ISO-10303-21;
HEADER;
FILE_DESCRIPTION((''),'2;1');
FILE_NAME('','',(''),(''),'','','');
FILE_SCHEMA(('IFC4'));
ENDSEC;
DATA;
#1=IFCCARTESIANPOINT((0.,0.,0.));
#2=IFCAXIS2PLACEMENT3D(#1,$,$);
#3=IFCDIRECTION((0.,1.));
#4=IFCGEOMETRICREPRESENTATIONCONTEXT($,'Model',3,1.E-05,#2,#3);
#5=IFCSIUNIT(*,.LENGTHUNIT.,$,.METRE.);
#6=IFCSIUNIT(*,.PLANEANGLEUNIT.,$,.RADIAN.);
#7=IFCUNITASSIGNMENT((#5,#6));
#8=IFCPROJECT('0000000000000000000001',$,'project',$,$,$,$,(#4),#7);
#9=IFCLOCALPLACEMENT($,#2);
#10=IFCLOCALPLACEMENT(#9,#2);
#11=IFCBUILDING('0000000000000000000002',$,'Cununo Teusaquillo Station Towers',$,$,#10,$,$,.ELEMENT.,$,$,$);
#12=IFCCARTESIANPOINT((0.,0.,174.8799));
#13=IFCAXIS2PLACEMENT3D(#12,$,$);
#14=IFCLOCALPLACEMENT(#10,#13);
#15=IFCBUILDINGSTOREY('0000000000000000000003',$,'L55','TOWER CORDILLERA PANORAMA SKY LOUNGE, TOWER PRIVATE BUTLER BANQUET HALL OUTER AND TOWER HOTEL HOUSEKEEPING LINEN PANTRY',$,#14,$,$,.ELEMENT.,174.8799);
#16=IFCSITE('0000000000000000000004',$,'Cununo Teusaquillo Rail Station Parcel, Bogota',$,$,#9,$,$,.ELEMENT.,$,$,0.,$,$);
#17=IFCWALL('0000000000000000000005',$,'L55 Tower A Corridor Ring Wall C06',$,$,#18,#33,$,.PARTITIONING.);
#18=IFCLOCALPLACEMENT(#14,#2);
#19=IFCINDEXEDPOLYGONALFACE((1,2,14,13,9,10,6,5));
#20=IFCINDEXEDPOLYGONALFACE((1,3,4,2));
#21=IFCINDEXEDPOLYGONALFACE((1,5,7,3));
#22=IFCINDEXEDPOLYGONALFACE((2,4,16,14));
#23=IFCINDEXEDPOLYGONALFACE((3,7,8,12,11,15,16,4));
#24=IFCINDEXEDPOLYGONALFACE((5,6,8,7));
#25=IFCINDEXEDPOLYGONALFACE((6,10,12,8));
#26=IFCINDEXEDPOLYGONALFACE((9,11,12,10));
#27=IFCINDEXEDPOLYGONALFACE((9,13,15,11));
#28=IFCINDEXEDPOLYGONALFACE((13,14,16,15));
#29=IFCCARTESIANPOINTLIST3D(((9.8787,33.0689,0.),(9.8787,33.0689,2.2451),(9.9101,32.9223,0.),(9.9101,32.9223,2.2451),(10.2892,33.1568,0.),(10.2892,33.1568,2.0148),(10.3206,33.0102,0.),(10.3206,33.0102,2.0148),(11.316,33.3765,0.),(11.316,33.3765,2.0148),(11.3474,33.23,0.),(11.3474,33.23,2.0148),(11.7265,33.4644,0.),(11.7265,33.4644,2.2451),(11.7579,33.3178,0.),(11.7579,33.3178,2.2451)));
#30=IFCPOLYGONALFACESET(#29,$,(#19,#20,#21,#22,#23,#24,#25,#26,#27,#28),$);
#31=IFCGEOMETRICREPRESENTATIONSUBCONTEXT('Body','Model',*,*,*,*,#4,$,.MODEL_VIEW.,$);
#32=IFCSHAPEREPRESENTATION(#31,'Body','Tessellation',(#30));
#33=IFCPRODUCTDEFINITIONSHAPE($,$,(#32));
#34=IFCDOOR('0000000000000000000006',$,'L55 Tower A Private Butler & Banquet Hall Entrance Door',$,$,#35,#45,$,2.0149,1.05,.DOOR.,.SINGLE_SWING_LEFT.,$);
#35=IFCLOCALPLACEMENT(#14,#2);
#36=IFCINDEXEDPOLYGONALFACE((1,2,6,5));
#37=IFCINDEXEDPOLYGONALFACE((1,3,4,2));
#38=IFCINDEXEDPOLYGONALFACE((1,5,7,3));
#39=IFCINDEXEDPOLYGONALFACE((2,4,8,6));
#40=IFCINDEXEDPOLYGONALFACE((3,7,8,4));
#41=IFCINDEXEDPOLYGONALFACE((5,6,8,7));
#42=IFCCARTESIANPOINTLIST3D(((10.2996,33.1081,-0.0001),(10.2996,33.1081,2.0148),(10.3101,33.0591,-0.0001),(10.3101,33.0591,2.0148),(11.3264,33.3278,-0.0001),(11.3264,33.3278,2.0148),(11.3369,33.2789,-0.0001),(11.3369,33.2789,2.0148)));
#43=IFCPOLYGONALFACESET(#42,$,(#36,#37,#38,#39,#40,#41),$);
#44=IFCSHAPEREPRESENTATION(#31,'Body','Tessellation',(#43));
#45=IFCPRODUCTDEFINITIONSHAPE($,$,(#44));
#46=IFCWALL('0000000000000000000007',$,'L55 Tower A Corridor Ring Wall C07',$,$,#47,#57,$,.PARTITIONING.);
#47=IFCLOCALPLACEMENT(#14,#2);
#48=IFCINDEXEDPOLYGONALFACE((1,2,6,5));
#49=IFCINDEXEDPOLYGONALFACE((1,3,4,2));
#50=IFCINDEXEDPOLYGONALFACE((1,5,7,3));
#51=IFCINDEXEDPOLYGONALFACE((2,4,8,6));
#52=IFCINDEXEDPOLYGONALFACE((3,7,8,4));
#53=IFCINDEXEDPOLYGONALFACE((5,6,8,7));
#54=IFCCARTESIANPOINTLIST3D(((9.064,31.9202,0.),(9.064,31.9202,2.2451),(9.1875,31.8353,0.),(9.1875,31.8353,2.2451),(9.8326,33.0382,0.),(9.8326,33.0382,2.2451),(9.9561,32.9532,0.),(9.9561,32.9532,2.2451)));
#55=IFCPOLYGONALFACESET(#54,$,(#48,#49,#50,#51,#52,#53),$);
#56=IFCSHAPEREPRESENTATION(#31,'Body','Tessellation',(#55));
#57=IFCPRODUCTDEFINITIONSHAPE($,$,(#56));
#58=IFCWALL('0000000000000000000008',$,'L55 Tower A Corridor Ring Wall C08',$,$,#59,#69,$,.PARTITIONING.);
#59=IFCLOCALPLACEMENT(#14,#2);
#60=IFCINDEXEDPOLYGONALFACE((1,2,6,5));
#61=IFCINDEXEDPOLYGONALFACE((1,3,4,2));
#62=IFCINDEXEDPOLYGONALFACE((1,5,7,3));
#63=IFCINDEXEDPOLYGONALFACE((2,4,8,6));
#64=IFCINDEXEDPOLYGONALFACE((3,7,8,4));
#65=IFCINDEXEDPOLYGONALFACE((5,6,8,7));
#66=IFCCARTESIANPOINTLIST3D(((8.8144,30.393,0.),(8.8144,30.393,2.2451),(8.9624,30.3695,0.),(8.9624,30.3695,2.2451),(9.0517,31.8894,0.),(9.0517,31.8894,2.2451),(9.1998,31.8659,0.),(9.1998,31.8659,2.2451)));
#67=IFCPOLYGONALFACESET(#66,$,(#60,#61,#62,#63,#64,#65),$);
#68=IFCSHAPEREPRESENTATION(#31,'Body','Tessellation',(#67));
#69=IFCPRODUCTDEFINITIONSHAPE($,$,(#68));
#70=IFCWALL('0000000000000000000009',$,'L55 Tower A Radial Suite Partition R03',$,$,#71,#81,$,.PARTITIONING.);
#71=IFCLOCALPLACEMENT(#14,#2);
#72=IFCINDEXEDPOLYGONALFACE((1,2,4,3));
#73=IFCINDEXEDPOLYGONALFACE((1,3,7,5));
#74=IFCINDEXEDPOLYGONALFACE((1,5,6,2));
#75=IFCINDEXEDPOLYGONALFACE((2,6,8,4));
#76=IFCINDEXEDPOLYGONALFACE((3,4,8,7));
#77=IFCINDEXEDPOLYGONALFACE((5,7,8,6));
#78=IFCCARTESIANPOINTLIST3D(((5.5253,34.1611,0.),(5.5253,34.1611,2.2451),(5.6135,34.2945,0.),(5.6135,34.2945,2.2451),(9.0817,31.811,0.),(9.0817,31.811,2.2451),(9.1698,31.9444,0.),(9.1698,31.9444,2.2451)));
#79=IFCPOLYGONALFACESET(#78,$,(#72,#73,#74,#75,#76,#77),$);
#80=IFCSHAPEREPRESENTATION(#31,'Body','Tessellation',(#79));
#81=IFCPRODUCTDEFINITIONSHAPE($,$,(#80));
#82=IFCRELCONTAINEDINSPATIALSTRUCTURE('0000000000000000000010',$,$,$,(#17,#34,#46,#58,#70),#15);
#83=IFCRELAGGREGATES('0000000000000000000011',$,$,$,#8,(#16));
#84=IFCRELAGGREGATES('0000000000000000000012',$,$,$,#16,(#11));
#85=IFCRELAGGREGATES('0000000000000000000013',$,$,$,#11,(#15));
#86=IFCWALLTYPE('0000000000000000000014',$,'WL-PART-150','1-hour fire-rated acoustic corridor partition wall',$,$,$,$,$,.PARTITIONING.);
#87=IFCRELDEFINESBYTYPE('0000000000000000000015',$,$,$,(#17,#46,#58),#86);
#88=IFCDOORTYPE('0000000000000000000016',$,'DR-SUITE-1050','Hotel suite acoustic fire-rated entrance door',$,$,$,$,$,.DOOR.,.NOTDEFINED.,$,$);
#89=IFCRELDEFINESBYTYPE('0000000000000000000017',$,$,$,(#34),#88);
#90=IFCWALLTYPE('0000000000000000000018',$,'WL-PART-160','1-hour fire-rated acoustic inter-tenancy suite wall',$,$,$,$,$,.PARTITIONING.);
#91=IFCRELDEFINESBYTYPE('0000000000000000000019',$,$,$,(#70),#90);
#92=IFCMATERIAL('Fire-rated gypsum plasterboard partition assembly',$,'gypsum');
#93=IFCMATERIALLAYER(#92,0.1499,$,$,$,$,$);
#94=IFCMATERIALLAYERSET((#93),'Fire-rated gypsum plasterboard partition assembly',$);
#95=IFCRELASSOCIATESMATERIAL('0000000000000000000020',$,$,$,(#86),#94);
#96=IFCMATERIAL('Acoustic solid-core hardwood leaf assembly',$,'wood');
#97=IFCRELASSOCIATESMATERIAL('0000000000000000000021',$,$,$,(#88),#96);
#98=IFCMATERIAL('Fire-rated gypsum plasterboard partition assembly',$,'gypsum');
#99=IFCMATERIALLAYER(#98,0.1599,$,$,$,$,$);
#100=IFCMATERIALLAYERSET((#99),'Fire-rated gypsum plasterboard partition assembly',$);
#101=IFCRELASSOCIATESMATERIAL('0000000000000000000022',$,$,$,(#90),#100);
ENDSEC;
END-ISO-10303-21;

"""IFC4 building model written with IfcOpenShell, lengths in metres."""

from ifc_helpers import new_model, si_unit, direction, frame, frame_2d, origin, place, context, subcontext, project, spatial, rectangle, extrude, source, transform, mapped, material, layer, layer_set, type_object, element, fill, save


model = new_model("IFC4")

# Units and contexts
model_context = context("Model", 3, precision=1e-05, world=origin(), true_north=direction((0.0, 1.0)))
body_context = subcontext(model_context, "Body", "Model", "MODEL_VIEW")
ifc_project = project(units=[si_unit("LENGTHUNIT", "METRE"), si_unit("PLANEANGLEUNIT", "RADIAN")], contexts=[model_context])

# Site, building, storey
site_placement = place(None, origin())
site = spatial("IfcSite", under=ifc_project, at=site_placement, Name="Cununo Teusaquillo Rail Station Parcel, Bogota", CompositionType="ELEMENT", RefElevation=0.0)
building_placement = place(site_placement, origin())
building = spatial("IfcBuilding", under=site, at=building_placement, Name="Cununo Teusaquillo Station Towers", CompositionType="ELEMENT")
storey_placement = place(building_placement, frame((0.0, 0.0, 174.8799)))
storey = spatial("IfcBuildingStorey", under=building, at=storey_placement, Name="L55", Description="TOWER CORDILLERA PANORAMA SKY LOUNGE, TOWER PRIVATE BUTLER BANQUET HALL OUTER AND TOWER HOTEL HOUSEKEEPING LINEN PANTRY", CompositionType="ELEMENT", Elevation=174.8799)

# Wall, opening, door
ifc_material_1 = material(Name="Fire-rated gypsum plasterboard partition assembly", Category="gypsum")
ifc_layer_1 = layer(ifc_material_1, 0.1499)
ifc_layer_set_1 = layer_set([ifc_layer_1], Name="Fire-rated gypsum plasterboard partition assembly")
wall_type_1 = type_object("IfcWallType", Name="WL-PART-150", Description="1-hour fire-rated acoustic corridor partition wall", PredefinedType="PARTITIONING", material=ifc_layer_set_1)
wall_1_placement = place(storey_placement, frame((11.7422, 33.3911, 0.0), z_axis=(0.0, 0.0, 1.0), x_axis=(-0.977853, -0.209291, 0.0)))
wall_1 = element("IfcWall", 1, at=wall_1_placement, inside=storey, type_object=wall_type_1, Name="L55 Tower A Corridor Ring Wall C06", PredefinedType="PARTITIONING", context=body_context, shape_type="SweptSolid", body=[
    extrude(rectangle(XDim=1.8896, YDim=0.1499, at=frame_2d((0.9448, 0.0))), origin(), (0.0, 0.0, 1.0), 2.2451),
])
shared_shape_1 = source(origin(), body_context, "Body", "SweptSolid", [
    extrude(rectangle(XDim=1.05, YDim=2.0149, at=frame_2d((0.5249, 1.0073))), frame((0.0, 0.085, 0.0), z_axis=(0.0, -1.0, 0.0), x_axis=(1.0, 0.0, 0.0)), (0.0, 0.0, 1.0), 0.1699),
])
opening_1_placement = place(wall_1_placement, frame((0.4199, 0.0, 0.0)))
opening_1 = element("IfcOpeningElement", 2, at=opening_1_placement, cuts=wall_1, PredefinedType="OPENING", context=body_context, shape_type="MappedRepresentation", body=[
    mapped(shared_shape_1, transform((0.0, 0.0, 0.0), x_axis=(1.0, 0.0, 0.0), y_axis=(0.0, 1.0, 0.0), z_axis=(0.0, 0.0, 1.0), scale=1.0)),
])
ifc_material_2 = material(Name="Acoustic solid-core hardwood leaf assembly", Category="wood")
door_type_1 = type_object("IfcDoorType", Name="DR-SUITE-1050", Description="Hotel suite acoustic fire-rated entrance door", OperationType="NOTDEFINED", PredefinedType="DOOR", material=ifc_material_2)
shared_shape_2 = source(origin(), body_context, "Body", "SweptSolid", [
    extrude(rectangle(XDim=1.05, YDim=2.0149, at=frame_2d((0.5249, 1.0073))), frame((0.0, 0.0249, 0.0), z_axis=(0.0, -1.0, 0.0), x_axis=(1.0, 0.0, 0.0)), (0.0, 0.0, 1.0), 0.05),
])
door_1_placement = place(opening_1_placement, origin())
door_1 = element("IfcDoor", 3, at=door_1_placement, inside=storey, type_object=door_type_1, Name="L55 Tower A Private Butler & Banquet Hall Entrance Door", OperationType="SINGLE_SWING_LEFT", OverallHeight=2.0149, OverallWidth=1.05, PredefinedType="DOOR", context=body_context, shape_type="MappedRepresentation", body=[
    mapped(shared_shape_2, transform((0.0, 0.0, 0.0), x_axis=(1.0, 0.0, 0.0), y_axis=(0.0, 1.0, 0.0), z_axis=(0.0, 0.0, 1.0), scale=1.0)),
])
fill(opening_1, door_1)

# Walls
wall_2_placement = place(storey_placement, frame((9.8943, 32.9956, 0.0), z_axis=(0.0, 0.0, 1.0), x_axis=(-0.566521, -0.824047, 0.0)))
element("IfcWall", 4, at=wall_2_placement, inside=storey, type_object=wall_type_1, Name="L55 Tower A Corridor Ring Wall C07", PredefinedType="PARTITIONING", context=body_context, shape_type="SweptSolid", body=[
    extrude(rectangle(XDim=1.3567, YDim=0.1499, at=frame_2d((0.6782, 0.0))), origin(), (0.0, 0.0, 1.0), 2.2451),
])
wall_3_placement = place(storey_placement, frame((9.1257, 31.8777, 0.0), z_axis=(0.0, 0.0, 1.0), x_axis=(-0.156633, -0.987657, 0.0)))
element("IfcWall", 5, at=wall_3_placement, inside=storey, type_object=wall_type_1, Name="L55 Tower A Corridor Ring Wall C08", PredefinedType="PARTITIONING", context=body_context, shape_type="SweptSolid", body=[
    extrude(rectangle(XDim=1.5151, YDim=0.1499, at=frame_2d((0.7576, 0.0))), origin(), (0.0, 0.0, 1.0), 2.2451),
])
ifc_material_3 = material(Name="Fire-rated gypsum plasterboard partition assembly", Category="gypsum")
ifc_layer_2 = layer(ifc_material_3, 0.1599)
ifc_layer_set_2 = layer_set([ifc_layer_2], Name="Fire-rated gypsum plasterboard partition assembly")
wall_type_2 = type_object("IfcWallType", Name="WL-PART-160", Description="1-hour fire-rated acoustic inter-tenancy suite wall", PredefinedType="PARTITIONING", material=ifc_layer_set_2)
wall_4_placement = place(storey_placement, frame((9.1257, 31.8777, 0.0), z_axis=(0.0, 0.0, 1.0), x_axis=(-0.834299, 0.551312, 0.0)))
element("IfcWall", 6, at=wall_4_placement, inside=storey, type_object=wall_type_2, Name="L55 Tower A Radial Suite Partition R03", PredefinedType="PARTITIONING", context=body_context, shape_type="SweptSolid", body=[
    extrude(rectangle(XDim=4.2627, YDim=0.1599, at=frame_2d((2.1313, 0.0))), origin(), (0.0, 0.0, 1.0), 2.2451),
])

save(model, "model.ifc")
